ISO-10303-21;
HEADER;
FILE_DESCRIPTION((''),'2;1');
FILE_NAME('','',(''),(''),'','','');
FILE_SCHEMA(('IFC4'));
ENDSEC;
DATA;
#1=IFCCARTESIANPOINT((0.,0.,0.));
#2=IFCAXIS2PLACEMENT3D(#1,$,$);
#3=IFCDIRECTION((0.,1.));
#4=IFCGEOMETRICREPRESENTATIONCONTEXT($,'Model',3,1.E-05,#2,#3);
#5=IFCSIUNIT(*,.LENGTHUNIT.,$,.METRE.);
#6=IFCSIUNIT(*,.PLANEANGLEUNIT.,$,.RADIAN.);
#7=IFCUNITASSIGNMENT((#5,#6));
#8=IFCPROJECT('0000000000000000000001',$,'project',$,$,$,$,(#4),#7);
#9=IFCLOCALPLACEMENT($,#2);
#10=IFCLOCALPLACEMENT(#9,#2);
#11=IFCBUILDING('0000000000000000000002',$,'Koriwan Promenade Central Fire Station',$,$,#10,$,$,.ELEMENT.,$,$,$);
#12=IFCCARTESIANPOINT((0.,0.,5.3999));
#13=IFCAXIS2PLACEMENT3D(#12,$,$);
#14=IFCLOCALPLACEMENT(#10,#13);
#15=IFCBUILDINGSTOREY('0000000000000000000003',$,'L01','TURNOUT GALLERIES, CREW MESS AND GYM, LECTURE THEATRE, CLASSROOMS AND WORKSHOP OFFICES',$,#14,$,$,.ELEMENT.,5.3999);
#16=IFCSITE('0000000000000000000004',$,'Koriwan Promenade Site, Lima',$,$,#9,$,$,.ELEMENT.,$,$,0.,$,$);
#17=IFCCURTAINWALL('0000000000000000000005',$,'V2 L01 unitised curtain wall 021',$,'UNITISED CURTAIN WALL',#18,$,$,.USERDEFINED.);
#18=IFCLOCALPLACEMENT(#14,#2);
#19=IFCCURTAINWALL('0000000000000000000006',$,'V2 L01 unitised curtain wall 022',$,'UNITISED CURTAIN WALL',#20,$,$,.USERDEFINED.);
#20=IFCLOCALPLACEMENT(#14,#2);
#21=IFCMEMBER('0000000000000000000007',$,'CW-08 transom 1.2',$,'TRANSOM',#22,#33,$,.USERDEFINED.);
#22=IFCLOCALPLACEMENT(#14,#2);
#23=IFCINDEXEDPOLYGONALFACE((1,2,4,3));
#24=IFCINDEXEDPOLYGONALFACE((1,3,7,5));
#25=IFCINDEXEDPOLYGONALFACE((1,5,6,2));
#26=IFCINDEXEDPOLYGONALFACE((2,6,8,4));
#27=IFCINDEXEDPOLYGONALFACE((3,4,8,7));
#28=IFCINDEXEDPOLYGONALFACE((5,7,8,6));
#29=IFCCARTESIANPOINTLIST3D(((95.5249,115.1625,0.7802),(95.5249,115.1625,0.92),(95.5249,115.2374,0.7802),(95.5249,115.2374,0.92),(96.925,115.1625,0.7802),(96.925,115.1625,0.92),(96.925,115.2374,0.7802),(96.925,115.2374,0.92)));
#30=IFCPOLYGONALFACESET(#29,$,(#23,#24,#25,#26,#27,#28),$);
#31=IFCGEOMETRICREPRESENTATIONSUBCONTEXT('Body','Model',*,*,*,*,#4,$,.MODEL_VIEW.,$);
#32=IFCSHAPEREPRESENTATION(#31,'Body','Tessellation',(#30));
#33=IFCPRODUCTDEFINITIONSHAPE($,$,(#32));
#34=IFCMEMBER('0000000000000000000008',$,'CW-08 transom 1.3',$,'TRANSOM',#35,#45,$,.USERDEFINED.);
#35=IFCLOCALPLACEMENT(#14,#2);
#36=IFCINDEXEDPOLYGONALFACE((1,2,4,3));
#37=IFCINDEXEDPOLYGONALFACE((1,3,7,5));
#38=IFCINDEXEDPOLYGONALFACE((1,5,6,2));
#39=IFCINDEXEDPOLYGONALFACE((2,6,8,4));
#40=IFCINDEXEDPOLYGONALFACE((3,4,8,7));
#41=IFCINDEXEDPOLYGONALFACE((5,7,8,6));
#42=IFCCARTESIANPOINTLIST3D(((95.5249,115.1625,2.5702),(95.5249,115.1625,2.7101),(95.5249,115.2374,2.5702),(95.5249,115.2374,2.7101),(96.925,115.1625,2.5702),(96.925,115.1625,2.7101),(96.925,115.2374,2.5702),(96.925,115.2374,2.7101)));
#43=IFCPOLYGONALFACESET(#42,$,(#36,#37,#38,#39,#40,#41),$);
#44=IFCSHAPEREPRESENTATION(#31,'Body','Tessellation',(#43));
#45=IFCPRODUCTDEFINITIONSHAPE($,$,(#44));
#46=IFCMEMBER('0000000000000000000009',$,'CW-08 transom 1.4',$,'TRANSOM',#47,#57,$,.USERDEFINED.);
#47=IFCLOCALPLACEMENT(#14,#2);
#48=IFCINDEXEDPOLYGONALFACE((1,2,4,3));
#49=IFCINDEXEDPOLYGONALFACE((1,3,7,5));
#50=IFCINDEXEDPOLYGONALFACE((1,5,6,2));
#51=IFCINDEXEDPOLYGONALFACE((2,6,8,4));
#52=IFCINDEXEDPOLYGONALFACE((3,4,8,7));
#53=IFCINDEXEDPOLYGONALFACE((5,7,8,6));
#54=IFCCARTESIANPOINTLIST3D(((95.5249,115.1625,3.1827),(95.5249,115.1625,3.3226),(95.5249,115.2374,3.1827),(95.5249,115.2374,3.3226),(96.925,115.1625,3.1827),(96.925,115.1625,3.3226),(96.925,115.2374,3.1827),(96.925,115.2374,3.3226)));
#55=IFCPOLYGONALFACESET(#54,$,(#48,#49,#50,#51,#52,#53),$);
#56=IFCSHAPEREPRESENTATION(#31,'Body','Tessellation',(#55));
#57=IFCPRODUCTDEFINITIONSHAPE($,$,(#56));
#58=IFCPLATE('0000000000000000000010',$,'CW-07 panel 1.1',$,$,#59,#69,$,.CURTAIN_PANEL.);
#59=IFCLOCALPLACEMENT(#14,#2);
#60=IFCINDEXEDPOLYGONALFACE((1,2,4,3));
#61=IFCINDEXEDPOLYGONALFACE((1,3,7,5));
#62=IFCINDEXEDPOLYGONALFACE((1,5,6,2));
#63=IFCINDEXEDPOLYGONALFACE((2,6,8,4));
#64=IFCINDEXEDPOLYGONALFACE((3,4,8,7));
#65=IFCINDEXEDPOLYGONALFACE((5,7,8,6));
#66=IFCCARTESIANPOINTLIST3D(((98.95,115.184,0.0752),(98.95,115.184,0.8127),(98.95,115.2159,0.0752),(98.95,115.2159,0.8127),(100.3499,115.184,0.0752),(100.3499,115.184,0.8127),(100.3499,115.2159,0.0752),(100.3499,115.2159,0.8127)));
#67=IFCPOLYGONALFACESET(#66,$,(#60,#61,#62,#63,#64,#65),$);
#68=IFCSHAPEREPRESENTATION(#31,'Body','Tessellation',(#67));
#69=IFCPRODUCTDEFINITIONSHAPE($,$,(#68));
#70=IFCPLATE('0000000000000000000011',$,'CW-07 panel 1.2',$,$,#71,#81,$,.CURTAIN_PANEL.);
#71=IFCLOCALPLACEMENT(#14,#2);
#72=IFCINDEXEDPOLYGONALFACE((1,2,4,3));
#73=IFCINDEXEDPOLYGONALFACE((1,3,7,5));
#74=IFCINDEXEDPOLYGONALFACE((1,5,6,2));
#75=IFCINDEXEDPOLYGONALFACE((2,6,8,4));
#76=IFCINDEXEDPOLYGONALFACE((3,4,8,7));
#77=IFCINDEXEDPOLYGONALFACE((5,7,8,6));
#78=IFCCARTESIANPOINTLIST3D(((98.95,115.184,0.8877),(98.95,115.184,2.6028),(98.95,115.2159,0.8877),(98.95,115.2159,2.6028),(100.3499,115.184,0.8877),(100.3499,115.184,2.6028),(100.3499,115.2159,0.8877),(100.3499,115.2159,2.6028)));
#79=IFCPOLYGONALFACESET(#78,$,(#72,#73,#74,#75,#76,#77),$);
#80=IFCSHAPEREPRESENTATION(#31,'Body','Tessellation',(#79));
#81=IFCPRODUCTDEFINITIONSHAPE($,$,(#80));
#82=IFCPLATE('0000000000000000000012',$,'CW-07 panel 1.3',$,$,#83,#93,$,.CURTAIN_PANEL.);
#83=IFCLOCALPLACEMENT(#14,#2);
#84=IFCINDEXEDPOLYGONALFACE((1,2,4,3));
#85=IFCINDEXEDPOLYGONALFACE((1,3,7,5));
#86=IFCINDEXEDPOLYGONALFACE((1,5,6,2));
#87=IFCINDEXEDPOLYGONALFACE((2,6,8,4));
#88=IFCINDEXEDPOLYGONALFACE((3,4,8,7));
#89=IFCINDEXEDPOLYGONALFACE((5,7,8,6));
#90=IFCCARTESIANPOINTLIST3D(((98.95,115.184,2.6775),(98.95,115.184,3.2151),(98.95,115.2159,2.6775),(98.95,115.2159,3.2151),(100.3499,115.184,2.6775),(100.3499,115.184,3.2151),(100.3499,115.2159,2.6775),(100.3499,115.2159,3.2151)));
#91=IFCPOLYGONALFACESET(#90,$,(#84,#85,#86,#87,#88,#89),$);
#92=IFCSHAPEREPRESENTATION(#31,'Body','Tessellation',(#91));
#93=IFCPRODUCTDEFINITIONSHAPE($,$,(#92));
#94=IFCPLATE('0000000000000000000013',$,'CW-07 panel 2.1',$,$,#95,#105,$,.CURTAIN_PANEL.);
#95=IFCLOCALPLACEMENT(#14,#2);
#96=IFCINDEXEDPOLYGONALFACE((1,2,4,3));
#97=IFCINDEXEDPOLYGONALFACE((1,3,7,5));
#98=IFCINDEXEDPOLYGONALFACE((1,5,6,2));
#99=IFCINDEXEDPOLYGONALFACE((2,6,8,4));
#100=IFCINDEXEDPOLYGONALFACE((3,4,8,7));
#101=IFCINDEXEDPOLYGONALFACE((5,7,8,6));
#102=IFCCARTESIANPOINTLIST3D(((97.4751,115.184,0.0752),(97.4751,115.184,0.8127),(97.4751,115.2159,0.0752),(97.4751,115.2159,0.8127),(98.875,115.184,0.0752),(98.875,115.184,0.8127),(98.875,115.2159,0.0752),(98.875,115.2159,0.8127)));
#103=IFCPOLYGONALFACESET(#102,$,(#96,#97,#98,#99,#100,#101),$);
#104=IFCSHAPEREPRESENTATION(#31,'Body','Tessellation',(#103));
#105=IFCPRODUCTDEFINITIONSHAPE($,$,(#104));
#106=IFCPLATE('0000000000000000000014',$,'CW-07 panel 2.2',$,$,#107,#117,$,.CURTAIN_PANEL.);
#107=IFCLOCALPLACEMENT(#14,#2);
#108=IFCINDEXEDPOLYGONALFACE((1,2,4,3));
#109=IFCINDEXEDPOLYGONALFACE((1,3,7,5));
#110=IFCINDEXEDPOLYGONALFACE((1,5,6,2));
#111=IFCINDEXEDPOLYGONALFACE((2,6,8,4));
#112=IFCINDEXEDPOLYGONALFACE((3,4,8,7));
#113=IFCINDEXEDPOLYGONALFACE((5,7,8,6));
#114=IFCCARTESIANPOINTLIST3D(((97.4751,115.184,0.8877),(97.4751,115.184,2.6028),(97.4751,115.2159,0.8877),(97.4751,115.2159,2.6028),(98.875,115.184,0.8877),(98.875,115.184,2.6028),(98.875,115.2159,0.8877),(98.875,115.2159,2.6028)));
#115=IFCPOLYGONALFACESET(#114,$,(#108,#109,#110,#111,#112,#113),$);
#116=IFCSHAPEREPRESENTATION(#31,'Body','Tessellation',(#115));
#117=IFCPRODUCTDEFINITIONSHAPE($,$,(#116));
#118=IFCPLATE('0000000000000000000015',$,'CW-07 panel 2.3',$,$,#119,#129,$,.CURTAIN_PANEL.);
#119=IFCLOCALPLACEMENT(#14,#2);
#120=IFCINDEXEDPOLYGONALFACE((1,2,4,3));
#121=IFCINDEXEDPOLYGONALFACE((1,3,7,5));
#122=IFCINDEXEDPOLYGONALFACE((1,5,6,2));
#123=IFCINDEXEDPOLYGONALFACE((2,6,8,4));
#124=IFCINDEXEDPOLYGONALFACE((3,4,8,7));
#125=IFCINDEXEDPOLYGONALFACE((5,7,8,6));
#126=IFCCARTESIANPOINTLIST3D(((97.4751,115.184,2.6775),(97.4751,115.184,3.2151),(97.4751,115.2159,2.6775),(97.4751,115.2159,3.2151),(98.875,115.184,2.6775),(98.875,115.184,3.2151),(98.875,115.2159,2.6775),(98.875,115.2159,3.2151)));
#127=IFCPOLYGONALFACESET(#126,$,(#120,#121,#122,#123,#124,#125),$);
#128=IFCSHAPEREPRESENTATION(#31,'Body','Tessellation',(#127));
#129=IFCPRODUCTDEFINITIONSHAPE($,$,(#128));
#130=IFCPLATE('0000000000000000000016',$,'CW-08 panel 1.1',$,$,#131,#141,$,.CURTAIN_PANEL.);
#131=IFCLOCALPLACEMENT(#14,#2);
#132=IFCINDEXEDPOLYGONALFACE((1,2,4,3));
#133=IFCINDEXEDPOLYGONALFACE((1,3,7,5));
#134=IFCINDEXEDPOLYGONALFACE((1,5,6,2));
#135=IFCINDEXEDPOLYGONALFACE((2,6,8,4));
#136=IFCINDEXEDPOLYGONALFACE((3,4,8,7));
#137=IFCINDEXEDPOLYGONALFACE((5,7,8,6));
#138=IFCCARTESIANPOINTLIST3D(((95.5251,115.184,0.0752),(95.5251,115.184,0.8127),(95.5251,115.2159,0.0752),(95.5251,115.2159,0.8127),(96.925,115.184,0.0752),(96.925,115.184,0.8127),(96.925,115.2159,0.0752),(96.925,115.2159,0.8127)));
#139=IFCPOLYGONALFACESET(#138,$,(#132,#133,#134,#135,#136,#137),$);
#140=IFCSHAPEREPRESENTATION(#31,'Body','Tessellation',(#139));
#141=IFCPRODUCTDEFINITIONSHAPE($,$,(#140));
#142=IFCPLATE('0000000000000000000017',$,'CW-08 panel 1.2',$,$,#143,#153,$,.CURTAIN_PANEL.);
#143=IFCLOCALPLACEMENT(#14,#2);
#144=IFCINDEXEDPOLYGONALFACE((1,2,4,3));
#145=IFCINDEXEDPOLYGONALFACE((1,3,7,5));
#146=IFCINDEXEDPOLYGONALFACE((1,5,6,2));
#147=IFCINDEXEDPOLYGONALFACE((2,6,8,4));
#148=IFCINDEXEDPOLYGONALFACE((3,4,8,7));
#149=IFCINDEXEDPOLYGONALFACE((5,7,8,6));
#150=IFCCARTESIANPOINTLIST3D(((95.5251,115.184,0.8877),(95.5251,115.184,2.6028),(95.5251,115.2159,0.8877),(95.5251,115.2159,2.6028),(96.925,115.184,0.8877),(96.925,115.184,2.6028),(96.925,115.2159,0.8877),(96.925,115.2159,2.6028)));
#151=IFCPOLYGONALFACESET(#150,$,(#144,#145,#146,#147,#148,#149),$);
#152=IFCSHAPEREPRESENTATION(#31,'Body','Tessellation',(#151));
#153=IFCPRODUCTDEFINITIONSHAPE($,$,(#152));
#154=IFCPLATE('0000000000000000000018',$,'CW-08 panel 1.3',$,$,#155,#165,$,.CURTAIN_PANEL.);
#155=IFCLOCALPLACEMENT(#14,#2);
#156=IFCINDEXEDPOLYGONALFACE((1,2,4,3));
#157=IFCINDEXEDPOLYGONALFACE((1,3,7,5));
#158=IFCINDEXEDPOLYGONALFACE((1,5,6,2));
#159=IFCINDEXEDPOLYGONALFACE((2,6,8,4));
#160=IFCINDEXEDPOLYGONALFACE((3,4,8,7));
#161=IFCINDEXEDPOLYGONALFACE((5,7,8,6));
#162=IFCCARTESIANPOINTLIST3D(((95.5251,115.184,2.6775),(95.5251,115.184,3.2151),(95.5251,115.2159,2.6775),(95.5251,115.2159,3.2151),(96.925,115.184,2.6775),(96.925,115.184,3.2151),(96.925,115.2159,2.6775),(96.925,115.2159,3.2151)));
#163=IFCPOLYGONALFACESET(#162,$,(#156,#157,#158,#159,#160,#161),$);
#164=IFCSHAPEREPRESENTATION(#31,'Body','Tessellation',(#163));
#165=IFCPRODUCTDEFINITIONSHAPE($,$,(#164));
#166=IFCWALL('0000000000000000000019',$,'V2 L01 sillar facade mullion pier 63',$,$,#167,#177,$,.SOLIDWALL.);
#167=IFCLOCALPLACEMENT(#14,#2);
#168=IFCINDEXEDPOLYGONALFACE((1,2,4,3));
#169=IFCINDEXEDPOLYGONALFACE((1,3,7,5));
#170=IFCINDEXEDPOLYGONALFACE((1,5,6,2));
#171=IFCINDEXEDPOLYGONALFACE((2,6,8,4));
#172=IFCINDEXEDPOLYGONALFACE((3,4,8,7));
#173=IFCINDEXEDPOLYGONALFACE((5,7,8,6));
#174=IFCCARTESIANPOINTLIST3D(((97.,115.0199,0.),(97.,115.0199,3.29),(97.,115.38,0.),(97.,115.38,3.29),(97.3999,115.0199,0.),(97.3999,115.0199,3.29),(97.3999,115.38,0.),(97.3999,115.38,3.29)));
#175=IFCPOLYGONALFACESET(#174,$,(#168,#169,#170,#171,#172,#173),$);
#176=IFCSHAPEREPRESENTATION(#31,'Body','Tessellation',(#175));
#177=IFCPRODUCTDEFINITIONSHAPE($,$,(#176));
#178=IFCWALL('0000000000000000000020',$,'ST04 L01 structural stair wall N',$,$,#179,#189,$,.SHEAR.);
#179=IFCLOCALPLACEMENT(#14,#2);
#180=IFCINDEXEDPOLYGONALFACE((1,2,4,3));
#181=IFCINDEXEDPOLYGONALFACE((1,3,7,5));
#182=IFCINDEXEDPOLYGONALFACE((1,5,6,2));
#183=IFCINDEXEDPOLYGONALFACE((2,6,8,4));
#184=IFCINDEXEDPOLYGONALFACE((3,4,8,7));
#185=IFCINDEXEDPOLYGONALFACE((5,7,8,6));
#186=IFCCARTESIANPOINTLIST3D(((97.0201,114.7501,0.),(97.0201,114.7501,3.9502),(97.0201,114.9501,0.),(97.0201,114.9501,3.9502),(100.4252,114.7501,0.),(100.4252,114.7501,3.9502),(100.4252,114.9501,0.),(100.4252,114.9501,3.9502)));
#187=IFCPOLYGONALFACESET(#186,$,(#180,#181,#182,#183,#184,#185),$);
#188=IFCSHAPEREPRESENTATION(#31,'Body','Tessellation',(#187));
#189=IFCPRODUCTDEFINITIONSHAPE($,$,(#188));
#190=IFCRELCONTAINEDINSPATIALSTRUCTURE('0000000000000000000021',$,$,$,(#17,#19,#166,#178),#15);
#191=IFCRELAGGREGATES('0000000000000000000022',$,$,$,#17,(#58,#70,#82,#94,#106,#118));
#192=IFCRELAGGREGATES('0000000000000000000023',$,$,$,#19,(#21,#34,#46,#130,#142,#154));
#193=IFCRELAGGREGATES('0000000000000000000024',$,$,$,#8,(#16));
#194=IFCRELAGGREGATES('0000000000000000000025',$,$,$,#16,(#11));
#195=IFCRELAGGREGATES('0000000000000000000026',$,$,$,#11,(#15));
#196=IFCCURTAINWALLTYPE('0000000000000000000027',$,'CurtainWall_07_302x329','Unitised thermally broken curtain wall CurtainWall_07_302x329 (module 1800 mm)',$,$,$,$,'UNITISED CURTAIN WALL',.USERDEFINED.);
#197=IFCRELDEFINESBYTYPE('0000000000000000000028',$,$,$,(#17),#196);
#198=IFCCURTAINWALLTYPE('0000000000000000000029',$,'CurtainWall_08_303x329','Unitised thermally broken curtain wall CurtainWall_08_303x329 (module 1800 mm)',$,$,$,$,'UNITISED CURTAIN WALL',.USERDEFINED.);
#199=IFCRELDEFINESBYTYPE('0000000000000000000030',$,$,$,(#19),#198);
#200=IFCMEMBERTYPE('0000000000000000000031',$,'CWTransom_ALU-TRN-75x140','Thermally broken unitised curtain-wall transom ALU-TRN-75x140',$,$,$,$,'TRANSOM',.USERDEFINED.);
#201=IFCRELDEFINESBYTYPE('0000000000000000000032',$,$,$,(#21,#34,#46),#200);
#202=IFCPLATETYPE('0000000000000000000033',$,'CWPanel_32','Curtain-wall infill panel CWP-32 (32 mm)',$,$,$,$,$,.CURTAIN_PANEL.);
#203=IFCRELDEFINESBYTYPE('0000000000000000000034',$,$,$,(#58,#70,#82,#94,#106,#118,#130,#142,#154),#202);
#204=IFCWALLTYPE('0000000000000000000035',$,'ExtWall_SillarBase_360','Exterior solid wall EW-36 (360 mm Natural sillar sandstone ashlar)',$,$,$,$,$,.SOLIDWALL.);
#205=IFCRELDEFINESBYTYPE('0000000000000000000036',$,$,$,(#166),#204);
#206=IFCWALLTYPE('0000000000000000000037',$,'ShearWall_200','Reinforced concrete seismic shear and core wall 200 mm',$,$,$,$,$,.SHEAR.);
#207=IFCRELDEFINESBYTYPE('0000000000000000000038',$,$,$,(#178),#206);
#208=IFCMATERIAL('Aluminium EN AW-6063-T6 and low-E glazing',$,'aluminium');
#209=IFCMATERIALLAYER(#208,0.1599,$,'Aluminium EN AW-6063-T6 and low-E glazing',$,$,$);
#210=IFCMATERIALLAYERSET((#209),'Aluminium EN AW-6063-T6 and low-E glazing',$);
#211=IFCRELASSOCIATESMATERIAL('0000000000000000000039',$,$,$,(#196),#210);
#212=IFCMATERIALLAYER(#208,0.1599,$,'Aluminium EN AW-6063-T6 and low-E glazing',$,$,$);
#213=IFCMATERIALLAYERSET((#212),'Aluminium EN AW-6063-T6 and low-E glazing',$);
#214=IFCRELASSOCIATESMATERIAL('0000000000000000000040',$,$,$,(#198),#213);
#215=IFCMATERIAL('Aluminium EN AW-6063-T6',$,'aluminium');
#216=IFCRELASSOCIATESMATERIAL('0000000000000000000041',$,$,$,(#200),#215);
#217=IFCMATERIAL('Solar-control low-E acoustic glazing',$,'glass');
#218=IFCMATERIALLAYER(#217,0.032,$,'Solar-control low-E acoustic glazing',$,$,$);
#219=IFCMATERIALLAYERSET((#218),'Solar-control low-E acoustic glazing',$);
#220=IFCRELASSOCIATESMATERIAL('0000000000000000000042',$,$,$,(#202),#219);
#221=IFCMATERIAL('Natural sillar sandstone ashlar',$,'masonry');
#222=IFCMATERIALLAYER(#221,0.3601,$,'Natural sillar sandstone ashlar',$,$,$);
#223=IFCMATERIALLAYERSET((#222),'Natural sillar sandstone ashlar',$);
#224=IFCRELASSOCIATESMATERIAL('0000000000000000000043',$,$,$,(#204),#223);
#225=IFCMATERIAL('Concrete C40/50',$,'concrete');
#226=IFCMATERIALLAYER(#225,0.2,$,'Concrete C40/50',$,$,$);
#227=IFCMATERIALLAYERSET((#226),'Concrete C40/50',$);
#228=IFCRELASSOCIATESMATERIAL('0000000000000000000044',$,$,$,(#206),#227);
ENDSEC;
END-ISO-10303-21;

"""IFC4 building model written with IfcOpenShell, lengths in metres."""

from ifc_helpers import new_model, si_unit, direction, frame, frame_2d, origin, origin_2d, place, context, subcontext, project, spatial, rectangle, extrude, material, layer, layer_set, material_profile, profile_set, type_object, element, aggregate, save


model = new_model("IFC4")

# Units and contexts
model_context = context("Model", 3, precision=1e-05, world=origin(), true_north=direction((0.0, 1.0)))
body_context = subcontext(model_context, "Body", "Model", "MODEL_VIEW")
ifc_project = project(units=[si_unit("LENGTHUNIT", "METRE"), si_unit("PLANEANGLEUNIT", "RADIAN")], contexts=[model_context])

# Site, building, storey
site_placement = place(None, origin())
site = spatial("IfcSite", under=ifc_project, at=site_placement, Name="Koriwan Promenade Site, Lima", CompositionType="ELEMENT", RefElevation=0.0)
building_placement = place(site_placement, origin())
building = spatial("IfcBuilding", under=site, at=building_placement, Name="Koriwan Promenade Central Fire Station", CompositionType="ELEMENT")
storey_placement = place(building_placement, frame((0.0, 0.0, 5.3999)))
storey = spatial("IfcBuildingStorey", under=building, at=storey_placement, Name="L01", Description="TURNOUT GALLERIES, CREW MESS AND GYM, LECTURE THEATRE, CLASSROOMS AND WORKSHOP OFFICES", CompositionType="ELEMENT", Elevation=5.3999)

# Shared definitions
ifc_material_1 = material(Name="Concrete C40/50", Category="concrete")

# Curtain wall
ifc_material_2 = material(Name="Aluminium EN AW-6063-T6 and low-E glazing", Category="aluminium")
ifc_layer_1 = layer(ifc_material_2, 0.1599, Name="Aluminium EN AW-6063-T6 and low-E glazing")
ifc_layer_set_1 = layer_set([ifc_layer_1], Name="Aluminium EN AW-6063-T6 and low-E glazing")
curtain_wall_type_1 = type_object("IfcCurtainWallType", Name="CurtainWall_07_302x329", Description="Unitised thermally broken curtain wall CurtainWall_07_302x329 (module 1800 mm)", ElementType="UNITISED CURTAIN WALL", PredefinedType="USERDEFINED", material=ifc_layer_set_1)
curtain_wall_1_placement = place(storey_placement, origin())
curtain_wall_1 = element("IfcCurtainWall", 1, at=curtain_wall_1_placement, inside=storey, type_object=curtain_wall_type_1, Name="V2 L01 unitised curtain wall 021", ObjectType="UNITISED CURTAIN WALL", PredefinedType="USERDEFINED")
ifc_material_3 = material(Name="Aluminium EN AW-6063-T6", Category="aluminium")

# Curtain wall
ifc_layer_2 = layer(ifc_material_2, 0.1599, Name="Aluminium EN AW-6063-T6 and low-E glazing")
ifc_layer_set_2 = layer_set([ifc_layer_2], Name="Aluminium EN AW-6063-T6 and low-E glazing")
curtain_wall_type_2 = type_object("IfcCurtainWallType", Name="CurtainWall_08_303x329", Description="Unitised thermally broken curtain wall CurtainWall_08_303x329 (module 1800 mm)", ElementType="UNITISED CURTAIN WALL", PredefinedType="USERDEFINED", material=ifc_layer_set_2)
curtain_wall_2_placement = place(storey_placement, origin())
curtain_wall_2 = element("IfcCurtainWall", 2, at=curtain_wall_2_placement, inside=storey, type_object=curtain_wall_type_2, Name="V2 L01 unitised curtain wall 022", ObjectType="UNITISED CURTAIN WALL", PredefinedType="USERDEFINED")

# Members
ifc_material_profile_1 = material_profile(ifc_material_3, rectangle(XDim=0.075, YDim=0.1399, at=origin_2d()), Name="ALU-TRN-75x140")
ifc_profile_set_1 = profile_set([ifc_material_profile_1], Name="Aluminium EN AW-6063-T6")
member_type_1 = type_object("IfcMemberType", Name="CWTransom_ALU-TRN-75x140", Description="Thermally broken unitised curtain-wall transom ALU-TRN-75x140", ElementType="TRANSOM", PredefinedType="USERDEFINED", material=ifc_profile_set_1)
member_1_placement = place(storey_placement, frame((96.925, 115.2, 0.8501), z_axis=(-1.0, 0.0, 0.0), x_axis=(0.0, -1.0, 0.0)))
member_1 = element("IfcMember", 3, at=member_1_placement, type_object=member_type_1, Name="CW-08 transom 1.2", ObjectType="TRANSOM", PredefinedType="USERDEFINED", context=body_context, shape_type="SweptSolid", body=[
    extrude(rectangle(XDim=0.075, YDim=0.1399, at=origin_2d()), origin(), (0.0, 0.0, 1.0), 1.4001),
])
member_2_placement = place(storey_placement, frame((96.925, 115.2, 2.6401), z_axis=(-1.0, 0.0, 0.0), x_axis=(0.0, -1.0, 0.0)))
member_2 = element("IfcMember", 4, at=member_2_placement, type_object=member_type_1, Name="CW-08 transom 1.3", ObjectType="TRANSOM", PredefinedType="USERDEFINED", context=body_context, shape_type="SweptSolid", body=[
    extrude(rectangle(XDim=0.075, YDim=0.1399, at=origin_2d()), origin(), (0.0, 0.0, 1.0), 1.4001),
])
member_3_placement = place(storey_placement, frame((96.925, 115.2, 3.2527), z_axis=(-1.0, 0.0, 0.0), x_axis=(0.0, -1.0, 0.0)))
member_3 = element("IfcMember", 5, at=member_3_placement, type_object=member_type_1, Name="CW-08 transom 1.4", ObjectType="TRANSOM", PredefinedType="USERDEFINED", context=body_context, shape_type="SweptSolid", body=[
    extrude(rectangle(XDim=0.075, YDim=0.1399, at=origin_2d()), origin(), (0.0, 0.0, 1.0), 1.4001),
])

# Plates
ifc_material_4 = material(Name="Solar-control low-E acoustic glazing", Category="glass")
ifc_layer_3 = layer(ifc_material_4, 0.032, Name="Solar-control low-E acoustic glazing")
ifc_layer_set_3 = layer_set([ifc_layer_3], Name="Solar-control low-E acoustic glazing")
plate_type = type_object("IfcPlateType", Name="CWPanel_32", Description="Curtain-wall infill panel CWP-32 (32 mm)", PredefinedType="CURTAIN_PANEL", material=ifc_layer_set_3)
plate_1_placement = place(storey_placement, frame((99.6499, 115.2, 0.0752), z_axis=(0.0, 0.0, 1.0), x_axis=(-1.0, 0.0, 0.0)))
plate_1 = element("IfcPlate", 6, at=plate_1_placement, type_object=plate_type, Name="CW-07 panel 1.1", PredefinedType="CURTAIN_PANEL", context=body_context, shape_type="SweptSolid", body=[
    extrude(rectangle(XDim=1.3999, YDim=0.032, at=origin_2d()), origin(), (0.0, 0.0, 1.0), 0.7375),
])
plate_2_placement = place(storey_placement, frame((99.6499, 115.2, 0.8877), z_axis=(0.0, 0.0, 1.0), x_axis=(-1.0, 0.0, 0.0)))
plate_2 = element("IfcPlate", 7, at=plate_2_placement, type_object=plate_type, Name="CW-07 panel 1.2", PredefinedType="CURTAIN_PANEL", context=body_context, shape_type="SweptSolid", body=[
    extrude(rectangle(XDim=1.3999, YDim=0.032, at=origin_2d()), origin(), (0.0, 0.0, 1.0), 1.7151),
])
plate_3_placement = place(storey_placement, frame((99.6499, 115.2, 2.6775), z_axis=(0.0, 0.0, 1.0), x_axis=(-1.0, 0.0, 0.0)))
plate_3 = element("IfcPlate", 8, at=plate_3_placement, type_object=plate_type, Name="CW-07 panel 1.3", PredefinedType="CURTAIN_PANEL", context=body_context, shape_type="SweptSolid", body=[
    extrude(rectangle(XDim=1.3999, YDim=0.032, at=origin_2d()), origin(), (0.0, 0.0, 1.0), 0.5376),
])
plate_4_placement = place(storey_placement, frame((98.175, 115.2, 0.0752), z_axis=(0.0, 0.0, 1.0), x_axis=(-1.0, 0.0, 0.0)))
plate_4 = element("IfcPlate", 9, at=plate_4_placement, type_object=plate_type, Name="CW-07 panel 2.1", PredefinedType="CURTAIN_PANEL", context=body_context, shape_type="SweptSolid", body=[
    extrude(rectangle(XDim=1.3999, YDim=0.032, at=origin_2d()), origin(), (0.0, 0.0, 1.0), 0.7375),
])
plate_5_placement = place(storey_placement, frame((98.175, 115.2, 0.8877), z_axis=(0.0, 0.0, 1.0), x_axis=(-1.0, 0.0, 0.0)))
plate_5 = element("IfcPlate", 10, at=plate_5_placement, type_object=plate_type, Name="CW-07 panel 2.2", PredefinedType="CURTAIN_PANEL", context=body_context, shape_type="SweptSolid", body=[
    extrude(rectangle(XDim=1.3999, YDim=0.032, at=origin_2d()), origin(), (0.0, 0.0, 1.0), 1.7151),
])
plate_6_placement = place(storey_placement, frame((98.175, 115.2, 2.6775), z_axis=(0.0, 0.0, 1.0), x_axis=(-1.0, 0.0, 0.0)))
plate_6 = element("IfcPlate", 11, at=plate_6_placement, type_object=plate_type, Name="CW-07 panel 2.3", PredefinedType="CURTAIN_PANEL", context=body_context, shape_type="SweptSolid", body=[
    extrude(rectangle(XDim=1.3999, YDim=0.032, at=origin_2d()), origin(), (0.0, 0.0, 1.0), 0.5376),
])
aggregate(curtain_wall_1, [plate_1, plate_2, plate_3, plate_4, plate_5, plate_6])
plate_7_placement = place(storey_placement, frame((96.2251, 115.2, 0.0752), z_axis=(0.0, 0.0, 1.0), x_axis=(-1.0, 0.0, 0.0)))
plate_7 = element("IfcPlate", 12, at=plate_7_placement, type_object=plate_type, Name="CW-08 panel 1.1", PredefinedType="CURTAIN_PANEL", context=body_context, shape_type="SweptSolid", body=[
    extrude(rectangle(XDim=1.3999, YDim=0.032, at=origin_2d()), origin(), (0.0, 0.0, 1.0), 0.7375),
])
plate_8_placement = place(storey_placement, frame((96.2251, 115.2, 0.8877), z_axis=(0.0, 0.0, 1.0), x_axis=(-1.0, 0.0, 0.0)))
plate_8 = element("IfcPlate", 13, at=plate_8_placement, type_object=plate_type, Name="CW-08 panel 1.2", PredefinedType="CURTAIN_PANEL", context=body_context, shape_type="SweptSolid", body=[
    extrude(rectangle(XDim=1.3999, YDim=0.032, at=origin_2d()), origin(), (0.0, 0.0, 1.0), 1.7151),
])
plate_9_placement = place(storey_placement, frame((96.2251, 115.2, 2.6775), z_axis=(0.0, 0.0, 1.0), x_axis=(-1.0, 0.0, 0.0)))
plate_9 = element("IfcPlate", 14, at=plate_9_placement, type_object=plate_type, Name="CW-08 panel 1.3", PredefinedType="CURTAIN_PANEL", context=body_context, shape_type="SweptSolid", body=[
    extrude(rectangle(XDim=1.3999, YDim=0.032, at=origin_2d()), origin(), (0.0, 0.0, 1.0), 0.5376),
])
aggregate(curtain_wall_2, [member_1, member_2, member_3, plate_7, plate_8, plate_9])

# Walls
ifc_material_5 = material(Name="Natural sillar sandstone ashlar", Category="masonry")
ifc_layer_4 = layer(ifc_material_5, 0.3601, Name="Natural sillar sandstone ashlar")
ifc_layer_set_4 = layer_set([ifc_layer_4], Name="Natural sillar sandstone ashlar")
wall_type_1 = type_object("IfcWallType", Name="ExtWall_SillarBase_360", Description="Exterior solid wall EW-36 (360 mm Natural sillar sandstone ashlar)", PredefinedType="SOLIDWALL", material=ifc_layer_set_4)
wall_1_placement = place(storey_placement, frame((97.3999, 115.2, 0.0), z_axis=(0.0, 0.0, 1.0), x_axis=(-1.0, 0.0, 0.0)))
element("IfcWall", 15, at=wall_1_placement, inside=storey, type_object=wall_type_1, Name="V2 L01 sillar facade mullion pier 63", PredefinedType="SOLIDWALL", context=body_context, shape_type="SweptSolid", body=[
    extrude(rectangle(XDim=0.3999, YDim=0.3601, at=frame_2d((0.2, 0.0))), origin(), (0.0, 0.0, 1.0), 3.29),
])
ifc_layer_5 = layer(ifc_material_1, 0.2, Name="Concrete C40/50")
ifc_layer_set_5 = layer_set([ifc_layer_5], Name="Concrete C40/50")
wall_type_2 = type_object("IfcWallType", Name="ShearWall_200", Description="Reinforced concrete seismic shear and core wall 200 mm", PredefinedType="SHEAR", material=ifc_layer_set_5)
wall_2_placement = place(storey_placement, frame((97.02, 114.8501, 0.0), z_axis=(0.0, 0.0, 1.0), x_axis=(1.0, 0.0, 0.0)))
element("IfcWall", 16, at=wall_2_placement, inside=storey, type_object=wall_type_2, Name="ST04 L01 structural stair wall N", PredefinedType="SHEAR", context=body_context, shape_type="SweptSolid", body=[
    extrude(rectangle(XDim=3.405, YDim=0.2, at=frame_2d((1.7026, 0.0))), origin(), (0.0, 0.0, 1.0), 3.9502),
])

save(model, "model.ifc")
